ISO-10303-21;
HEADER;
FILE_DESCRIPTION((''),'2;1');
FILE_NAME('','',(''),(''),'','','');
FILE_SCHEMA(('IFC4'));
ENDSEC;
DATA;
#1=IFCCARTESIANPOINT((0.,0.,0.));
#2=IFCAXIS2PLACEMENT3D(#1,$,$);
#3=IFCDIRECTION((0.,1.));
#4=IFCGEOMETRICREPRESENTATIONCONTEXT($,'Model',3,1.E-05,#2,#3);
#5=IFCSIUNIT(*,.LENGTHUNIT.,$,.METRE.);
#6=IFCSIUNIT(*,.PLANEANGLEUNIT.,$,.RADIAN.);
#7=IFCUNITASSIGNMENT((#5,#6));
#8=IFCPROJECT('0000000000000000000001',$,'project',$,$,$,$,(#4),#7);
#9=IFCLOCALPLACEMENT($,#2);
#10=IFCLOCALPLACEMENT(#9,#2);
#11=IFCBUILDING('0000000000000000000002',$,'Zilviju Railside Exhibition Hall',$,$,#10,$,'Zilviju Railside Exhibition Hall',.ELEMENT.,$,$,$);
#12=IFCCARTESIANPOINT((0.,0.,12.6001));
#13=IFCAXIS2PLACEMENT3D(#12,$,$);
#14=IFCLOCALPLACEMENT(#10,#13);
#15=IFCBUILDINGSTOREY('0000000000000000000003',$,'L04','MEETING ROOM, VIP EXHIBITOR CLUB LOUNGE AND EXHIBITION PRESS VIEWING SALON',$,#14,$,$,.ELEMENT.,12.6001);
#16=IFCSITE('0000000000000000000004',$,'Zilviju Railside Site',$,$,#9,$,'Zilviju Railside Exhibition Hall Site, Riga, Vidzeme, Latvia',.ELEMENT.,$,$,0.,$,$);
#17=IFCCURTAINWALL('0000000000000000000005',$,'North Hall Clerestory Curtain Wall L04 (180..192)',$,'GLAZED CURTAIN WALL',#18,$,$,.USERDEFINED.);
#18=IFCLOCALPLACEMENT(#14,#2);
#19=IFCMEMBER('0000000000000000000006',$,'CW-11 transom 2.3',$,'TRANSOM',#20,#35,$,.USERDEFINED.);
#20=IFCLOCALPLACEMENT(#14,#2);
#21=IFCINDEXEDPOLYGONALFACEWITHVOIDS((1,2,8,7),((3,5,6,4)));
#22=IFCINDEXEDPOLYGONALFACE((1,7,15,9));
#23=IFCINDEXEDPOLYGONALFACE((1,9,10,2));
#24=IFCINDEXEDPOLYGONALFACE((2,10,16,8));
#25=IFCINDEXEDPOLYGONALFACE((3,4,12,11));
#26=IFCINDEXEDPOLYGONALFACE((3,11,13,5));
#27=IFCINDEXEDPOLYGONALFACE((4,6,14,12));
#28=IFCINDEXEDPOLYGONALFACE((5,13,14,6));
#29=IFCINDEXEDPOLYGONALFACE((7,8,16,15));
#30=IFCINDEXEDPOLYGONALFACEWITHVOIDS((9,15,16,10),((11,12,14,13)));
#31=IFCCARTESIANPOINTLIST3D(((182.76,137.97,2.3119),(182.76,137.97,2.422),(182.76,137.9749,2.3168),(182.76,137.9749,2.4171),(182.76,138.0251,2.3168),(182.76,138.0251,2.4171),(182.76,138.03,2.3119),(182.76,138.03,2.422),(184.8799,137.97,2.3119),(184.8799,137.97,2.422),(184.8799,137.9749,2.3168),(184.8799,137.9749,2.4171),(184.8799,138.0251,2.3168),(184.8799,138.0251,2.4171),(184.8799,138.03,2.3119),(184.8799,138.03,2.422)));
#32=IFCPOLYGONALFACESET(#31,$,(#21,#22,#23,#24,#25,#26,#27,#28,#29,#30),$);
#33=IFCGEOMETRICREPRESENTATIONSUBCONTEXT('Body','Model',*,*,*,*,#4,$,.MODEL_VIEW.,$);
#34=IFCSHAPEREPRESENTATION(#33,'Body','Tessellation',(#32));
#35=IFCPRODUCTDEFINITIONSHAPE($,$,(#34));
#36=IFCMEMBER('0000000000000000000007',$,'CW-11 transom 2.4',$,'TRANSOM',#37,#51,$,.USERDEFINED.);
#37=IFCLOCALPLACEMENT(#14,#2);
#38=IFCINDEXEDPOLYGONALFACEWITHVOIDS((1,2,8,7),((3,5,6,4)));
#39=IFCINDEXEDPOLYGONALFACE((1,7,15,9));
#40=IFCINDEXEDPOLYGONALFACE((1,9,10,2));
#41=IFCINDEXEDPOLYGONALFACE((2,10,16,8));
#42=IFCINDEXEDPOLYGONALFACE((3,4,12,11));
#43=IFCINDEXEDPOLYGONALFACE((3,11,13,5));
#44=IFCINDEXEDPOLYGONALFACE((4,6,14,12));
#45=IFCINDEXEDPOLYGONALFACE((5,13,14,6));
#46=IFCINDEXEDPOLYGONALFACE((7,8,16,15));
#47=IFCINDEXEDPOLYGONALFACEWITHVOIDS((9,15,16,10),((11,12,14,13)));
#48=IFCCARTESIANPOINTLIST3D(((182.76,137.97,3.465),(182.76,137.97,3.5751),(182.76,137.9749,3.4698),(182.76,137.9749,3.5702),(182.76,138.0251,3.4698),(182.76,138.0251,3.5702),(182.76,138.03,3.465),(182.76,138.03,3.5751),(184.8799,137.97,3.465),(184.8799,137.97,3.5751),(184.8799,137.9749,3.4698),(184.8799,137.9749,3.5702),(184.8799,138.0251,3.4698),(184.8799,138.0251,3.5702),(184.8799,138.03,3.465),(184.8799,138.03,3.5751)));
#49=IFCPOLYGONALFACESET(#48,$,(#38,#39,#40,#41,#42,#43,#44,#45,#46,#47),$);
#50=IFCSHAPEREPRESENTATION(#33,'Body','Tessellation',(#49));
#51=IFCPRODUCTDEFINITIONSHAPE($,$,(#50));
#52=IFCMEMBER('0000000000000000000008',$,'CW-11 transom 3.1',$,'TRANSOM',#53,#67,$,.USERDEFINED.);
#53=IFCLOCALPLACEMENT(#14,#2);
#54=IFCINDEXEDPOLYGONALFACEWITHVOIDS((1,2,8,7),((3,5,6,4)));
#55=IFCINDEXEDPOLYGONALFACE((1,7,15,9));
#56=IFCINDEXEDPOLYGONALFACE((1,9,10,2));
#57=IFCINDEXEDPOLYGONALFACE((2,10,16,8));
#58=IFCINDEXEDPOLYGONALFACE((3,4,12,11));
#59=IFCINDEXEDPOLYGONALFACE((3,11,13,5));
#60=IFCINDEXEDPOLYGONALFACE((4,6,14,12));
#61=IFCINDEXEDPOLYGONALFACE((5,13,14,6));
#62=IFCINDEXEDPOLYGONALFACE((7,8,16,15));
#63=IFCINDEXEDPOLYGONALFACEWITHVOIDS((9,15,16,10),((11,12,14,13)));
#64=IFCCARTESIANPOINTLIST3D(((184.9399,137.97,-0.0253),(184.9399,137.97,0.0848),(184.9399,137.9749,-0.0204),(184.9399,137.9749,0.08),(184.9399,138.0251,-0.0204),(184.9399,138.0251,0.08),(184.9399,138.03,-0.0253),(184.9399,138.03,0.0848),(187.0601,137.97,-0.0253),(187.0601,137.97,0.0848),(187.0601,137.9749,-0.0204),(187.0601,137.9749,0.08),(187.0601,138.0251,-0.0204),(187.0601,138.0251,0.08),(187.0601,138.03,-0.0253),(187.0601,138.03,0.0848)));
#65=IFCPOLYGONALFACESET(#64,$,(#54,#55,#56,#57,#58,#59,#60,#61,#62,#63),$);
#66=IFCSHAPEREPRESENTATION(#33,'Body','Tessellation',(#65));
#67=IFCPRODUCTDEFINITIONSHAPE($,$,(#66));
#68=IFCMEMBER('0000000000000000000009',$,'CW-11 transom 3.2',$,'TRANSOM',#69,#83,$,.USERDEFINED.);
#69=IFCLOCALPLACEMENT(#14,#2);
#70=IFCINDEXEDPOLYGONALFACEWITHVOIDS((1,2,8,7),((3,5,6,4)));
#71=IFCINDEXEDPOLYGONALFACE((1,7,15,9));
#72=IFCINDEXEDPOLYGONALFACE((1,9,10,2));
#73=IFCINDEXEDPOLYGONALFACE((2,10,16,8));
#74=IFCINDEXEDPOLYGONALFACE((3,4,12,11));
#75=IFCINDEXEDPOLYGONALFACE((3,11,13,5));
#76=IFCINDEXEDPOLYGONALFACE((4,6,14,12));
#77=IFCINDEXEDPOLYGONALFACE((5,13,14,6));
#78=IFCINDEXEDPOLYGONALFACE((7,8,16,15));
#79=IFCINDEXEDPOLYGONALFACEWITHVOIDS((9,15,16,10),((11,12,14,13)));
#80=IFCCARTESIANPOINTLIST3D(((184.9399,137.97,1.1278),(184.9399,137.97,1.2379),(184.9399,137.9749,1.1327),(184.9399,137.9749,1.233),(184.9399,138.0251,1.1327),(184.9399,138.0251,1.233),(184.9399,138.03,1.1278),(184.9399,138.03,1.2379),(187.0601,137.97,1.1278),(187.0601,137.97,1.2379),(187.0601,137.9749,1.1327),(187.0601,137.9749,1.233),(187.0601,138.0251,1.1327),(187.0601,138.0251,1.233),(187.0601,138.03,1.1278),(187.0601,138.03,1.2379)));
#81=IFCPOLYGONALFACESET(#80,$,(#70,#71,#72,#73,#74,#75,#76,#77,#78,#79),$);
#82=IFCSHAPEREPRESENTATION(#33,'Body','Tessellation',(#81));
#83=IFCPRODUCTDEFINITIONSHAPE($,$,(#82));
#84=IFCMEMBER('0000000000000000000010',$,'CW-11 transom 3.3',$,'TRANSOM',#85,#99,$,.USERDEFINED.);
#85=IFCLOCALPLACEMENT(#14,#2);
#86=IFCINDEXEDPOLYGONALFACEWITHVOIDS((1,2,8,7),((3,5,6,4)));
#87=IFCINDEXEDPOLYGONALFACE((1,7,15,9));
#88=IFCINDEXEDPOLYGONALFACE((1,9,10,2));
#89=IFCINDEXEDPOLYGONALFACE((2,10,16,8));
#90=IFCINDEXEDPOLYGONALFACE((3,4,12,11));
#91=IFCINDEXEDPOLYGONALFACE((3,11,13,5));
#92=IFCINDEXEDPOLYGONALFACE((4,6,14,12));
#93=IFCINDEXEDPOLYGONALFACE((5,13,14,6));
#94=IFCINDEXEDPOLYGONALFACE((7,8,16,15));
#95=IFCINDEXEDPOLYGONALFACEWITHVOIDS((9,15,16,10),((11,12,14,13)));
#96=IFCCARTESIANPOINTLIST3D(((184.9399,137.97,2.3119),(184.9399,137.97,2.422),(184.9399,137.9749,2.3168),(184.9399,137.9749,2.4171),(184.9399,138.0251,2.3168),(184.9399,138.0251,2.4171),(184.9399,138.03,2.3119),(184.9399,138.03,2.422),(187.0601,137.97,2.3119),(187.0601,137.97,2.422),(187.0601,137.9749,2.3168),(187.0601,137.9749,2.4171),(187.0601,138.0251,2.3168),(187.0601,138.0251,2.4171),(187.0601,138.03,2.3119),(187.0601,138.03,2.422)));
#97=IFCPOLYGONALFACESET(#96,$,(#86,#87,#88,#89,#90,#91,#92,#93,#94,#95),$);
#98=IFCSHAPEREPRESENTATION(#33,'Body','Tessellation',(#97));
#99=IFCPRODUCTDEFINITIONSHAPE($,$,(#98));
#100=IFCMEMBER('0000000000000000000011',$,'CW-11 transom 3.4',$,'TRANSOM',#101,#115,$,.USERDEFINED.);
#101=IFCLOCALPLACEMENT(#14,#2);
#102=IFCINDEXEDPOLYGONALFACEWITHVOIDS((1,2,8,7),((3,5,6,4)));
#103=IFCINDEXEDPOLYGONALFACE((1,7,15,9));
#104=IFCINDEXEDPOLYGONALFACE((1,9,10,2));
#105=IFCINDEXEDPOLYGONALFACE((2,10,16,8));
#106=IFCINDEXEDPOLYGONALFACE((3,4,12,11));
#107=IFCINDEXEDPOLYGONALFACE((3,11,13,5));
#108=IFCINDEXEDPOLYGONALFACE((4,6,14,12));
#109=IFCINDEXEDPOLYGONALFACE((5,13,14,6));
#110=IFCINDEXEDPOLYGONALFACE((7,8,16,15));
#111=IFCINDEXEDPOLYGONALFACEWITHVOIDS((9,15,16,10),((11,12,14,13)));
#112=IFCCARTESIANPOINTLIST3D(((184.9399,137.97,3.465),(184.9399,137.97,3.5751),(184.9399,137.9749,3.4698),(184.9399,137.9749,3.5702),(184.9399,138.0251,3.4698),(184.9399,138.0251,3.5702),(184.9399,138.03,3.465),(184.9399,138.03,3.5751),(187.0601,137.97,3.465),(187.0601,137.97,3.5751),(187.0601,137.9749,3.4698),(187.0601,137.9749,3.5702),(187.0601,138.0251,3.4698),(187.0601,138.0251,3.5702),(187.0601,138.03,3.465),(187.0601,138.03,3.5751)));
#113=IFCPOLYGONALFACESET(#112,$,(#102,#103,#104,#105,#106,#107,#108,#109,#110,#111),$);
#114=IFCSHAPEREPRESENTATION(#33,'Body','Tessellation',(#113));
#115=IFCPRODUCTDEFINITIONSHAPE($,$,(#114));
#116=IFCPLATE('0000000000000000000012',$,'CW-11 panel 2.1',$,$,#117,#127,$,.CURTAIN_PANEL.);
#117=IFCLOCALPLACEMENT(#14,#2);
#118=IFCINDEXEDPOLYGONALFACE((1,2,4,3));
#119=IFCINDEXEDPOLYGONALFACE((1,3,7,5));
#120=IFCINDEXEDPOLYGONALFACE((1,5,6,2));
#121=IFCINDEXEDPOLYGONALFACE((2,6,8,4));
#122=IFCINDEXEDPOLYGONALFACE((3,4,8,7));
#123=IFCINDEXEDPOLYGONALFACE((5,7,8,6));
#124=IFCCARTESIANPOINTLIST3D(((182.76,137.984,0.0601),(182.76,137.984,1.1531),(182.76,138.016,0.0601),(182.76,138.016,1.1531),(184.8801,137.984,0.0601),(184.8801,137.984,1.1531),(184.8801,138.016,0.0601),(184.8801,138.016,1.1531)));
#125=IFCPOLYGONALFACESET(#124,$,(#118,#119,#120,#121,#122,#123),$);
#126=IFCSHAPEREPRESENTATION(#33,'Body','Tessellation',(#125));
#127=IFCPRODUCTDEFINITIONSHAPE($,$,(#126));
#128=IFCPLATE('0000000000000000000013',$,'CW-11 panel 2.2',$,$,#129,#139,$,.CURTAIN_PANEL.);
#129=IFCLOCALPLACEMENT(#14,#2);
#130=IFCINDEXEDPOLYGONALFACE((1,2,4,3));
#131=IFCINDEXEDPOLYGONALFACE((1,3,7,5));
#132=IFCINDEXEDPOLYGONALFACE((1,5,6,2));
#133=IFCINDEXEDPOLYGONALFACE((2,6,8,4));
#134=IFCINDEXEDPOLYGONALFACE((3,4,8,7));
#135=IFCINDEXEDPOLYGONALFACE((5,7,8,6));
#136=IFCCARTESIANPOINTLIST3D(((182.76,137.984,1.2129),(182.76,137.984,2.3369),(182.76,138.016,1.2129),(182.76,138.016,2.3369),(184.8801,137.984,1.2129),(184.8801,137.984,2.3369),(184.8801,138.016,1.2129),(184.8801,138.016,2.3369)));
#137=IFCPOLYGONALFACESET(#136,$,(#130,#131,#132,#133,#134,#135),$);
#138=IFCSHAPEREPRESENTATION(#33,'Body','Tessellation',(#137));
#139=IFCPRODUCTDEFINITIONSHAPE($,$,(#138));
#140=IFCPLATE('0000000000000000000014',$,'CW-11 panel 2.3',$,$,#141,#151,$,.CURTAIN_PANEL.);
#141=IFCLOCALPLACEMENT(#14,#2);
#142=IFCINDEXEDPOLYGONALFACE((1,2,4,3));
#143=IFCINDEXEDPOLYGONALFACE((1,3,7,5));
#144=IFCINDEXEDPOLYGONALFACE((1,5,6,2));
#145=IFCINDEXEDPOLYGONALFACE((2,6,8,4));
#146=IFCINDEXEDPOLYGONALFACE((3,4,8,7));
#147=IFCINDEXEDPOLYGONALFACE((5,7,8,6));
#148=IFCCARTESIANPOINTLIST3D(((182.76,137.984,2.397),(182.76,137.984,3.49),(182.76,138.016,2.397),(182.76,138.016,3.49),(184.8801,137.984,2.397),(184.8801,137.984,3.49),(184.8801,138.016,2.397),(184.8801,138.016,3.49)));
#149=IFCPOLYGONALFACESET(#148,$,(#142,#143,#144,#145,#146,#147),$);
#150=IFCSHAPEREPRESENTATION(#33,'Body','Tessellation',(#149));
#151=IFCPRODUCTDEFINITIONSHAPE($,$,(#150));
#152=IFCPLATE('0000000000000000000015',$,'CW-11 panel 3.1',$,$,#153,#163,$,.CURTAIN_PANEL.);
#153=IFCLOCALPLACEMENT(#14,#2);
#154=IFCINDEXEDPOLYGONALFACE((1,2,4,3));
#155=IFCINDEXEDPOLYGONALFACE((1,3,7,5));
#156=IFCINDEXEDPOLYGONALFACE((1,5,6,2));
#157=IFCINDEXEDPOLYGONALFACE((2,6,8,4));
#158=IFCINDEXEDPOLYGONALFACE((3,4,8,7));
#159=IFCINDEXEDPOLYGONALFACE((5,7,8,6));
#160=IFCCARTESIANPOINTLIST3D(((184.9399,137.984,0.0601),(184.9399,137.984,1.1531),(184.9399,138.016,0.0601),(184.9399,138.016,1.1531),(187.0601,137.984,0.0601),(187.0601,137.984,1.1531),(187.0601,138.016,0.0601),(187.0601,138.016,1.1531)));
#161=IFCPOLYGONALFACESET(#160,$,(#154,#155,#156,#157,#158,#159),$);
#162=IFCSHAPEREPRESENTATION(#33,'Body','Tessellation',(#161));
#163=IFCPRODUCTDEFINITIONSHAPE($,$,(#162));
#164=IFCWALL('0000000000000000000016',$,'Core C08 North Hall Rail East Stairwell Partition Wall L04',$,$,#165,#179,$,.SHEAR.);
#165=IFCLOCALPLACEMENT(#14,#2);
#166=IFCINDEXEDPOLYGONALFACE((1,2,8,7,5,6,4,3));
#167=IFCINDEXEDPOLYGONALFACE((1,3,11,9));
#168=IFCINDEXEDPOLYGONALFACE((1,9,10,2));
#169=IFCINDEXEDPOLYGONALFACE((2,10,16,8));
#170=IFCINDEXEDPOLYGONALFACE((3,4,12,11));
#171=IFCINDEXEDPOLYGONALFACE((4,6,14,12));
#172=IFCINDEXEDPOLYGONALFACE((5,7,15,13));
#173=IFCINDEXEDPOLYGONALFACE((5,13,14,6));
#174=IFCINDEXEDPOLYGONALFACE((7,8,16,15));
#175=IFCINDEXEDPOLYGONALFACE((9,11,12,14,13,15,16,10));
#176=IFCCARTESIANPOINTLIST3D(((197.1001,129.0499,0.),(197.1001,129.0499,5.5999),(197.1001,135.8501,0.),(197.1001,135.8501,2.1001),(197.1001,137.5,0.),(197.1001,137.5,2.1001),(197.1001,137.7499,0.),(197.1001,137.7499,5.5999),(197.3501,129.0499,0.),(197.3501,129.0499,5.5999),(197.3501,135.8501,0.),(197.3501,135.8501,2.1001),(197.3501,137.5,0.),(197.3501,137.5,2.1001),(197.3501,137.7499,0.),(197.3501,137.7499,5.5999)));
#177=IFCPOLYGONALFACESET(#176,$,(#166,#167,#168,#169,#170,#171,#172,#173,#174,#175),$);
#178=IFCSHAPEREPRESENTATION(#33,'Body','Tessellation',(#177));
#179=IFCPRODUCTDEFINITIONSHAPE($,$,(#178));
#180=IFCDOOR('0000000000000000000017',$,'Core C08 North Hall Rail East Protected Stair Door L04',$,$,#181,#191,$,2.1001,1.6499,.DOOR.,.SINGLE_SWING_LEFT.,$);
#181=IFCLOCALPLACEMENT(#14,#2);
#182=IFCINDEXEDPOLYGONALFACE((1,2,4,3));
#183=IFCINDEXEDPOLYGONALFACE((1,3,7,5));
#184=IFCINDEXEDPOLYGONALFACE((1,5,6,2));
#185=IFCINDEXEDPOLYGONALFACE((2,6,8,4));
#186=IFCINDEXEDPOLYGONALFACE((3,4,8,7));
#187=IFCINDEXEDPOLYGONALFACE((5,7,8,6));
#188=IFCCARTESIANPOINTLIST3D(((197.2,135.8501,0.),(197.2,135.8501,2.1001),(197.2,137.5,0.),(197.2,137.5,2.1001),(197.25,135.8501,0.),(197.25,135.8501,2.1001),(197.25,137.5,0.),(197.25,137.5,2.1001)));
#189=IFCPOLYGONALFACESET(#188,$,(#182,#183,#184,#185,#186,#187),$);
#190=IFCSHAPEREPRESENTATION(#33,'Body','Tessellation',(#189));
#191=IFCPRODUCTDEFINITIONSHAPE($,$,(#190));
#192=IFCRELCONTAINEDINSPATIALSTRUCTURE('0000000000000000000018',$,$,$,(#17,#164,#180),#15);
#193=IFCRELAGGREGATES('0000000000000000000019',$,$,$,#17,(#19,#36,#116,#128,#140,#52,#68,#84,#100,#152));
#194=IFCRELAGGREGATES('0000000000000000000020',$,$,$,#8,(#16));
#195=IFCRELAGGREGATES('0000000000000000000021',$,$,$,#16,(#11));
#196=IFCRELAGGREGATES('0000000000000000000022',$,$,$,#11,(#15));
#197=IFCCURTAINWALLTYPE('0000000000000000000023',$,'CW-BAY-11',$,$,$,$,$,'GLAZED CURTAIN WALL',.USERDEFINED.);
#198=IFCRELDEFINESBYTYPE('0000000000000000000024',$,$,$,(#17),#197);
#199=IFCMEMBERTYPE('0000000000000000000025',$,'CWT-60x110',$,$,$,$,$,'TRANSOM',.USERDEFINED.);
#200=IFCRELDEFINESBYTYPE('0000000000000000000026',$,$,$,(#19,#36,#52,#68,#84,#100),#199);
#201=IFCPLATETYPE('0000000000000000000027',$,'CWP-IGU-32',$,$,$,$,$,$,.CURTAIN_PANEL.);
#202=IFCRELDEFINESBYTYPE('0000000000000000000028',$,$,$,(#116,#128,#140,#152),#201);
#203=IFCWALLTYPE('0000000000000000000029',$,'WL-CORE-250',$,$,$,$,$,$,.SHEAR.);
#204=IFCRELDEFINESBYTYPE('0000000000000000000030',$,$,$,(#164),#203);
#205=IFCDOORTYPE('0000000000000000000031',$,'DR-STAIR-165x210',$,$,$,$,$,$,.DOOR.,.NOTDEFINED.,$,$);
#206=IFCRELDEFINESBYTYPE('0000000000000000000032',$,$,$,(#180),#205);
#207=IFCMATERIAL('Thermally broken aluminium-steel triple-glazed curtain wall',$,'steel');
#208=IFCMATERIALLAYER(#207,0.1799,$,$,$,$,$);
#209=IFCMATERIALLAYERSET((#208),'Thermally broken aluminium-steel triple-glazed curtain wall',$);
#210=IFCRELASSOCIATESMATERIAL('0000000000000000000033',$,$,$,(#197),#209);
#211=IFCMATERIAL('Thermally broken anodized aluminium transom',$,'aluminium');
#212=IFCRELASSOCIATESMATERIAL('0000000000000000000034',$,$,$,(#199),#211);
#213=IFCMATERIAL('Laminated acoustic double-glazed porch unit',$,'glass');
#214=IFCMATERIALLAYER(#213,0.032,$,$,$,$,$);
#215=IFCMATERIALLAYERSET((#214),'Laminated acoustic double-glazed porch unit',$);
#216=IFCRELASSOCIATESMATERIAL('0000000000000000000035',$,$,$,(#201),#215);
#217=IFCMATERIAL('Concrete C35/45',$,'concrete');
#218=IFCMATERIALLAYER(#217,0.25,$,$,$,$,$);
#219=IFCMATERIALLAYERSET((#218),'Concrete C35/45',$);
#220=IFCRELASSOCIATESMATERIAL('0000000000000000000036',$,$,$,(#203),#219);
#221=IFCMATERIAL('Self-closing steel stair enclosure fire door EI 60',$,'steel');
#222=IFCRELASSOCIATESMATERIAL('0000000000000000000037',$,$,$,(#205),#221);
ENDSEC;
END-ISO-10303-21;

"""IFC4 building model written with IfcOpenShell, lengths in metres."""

from ifc_helpers import new_model, si_unit, direction, frame, frame_2d, origin, origin_2d, place, context, subcontext, project, spatial, rectangle, hollow_rectangle, extrude, material, layer, layer_set, material_profile, profile_set, type_object, element, fill, aggregate, save


model = new_model("IFC4")

# Units and contexts
model_context = context("Model", 3, precision=1e-05, world=origin(), true_north=direction((0.0, 1.0)))
body_context = subcontext(model_context, "Body", "Model", "MODEL_VIEW")
ifc_project = project(units=[si_unit("LENGTHUNIT", "METRE"), si_unit("PLANEANGLEUNIT", "RADIAN")], contexts=[model_context])

# Site, building, storey
site_placement = place(None, origin())
site = spatial("IfcSite", under=ifc_project, at=site_placement, Name="Zilviju Railside Site", LongName="Zilviju Railside Exhibition Hall Site, Riga, Vidzeme, Latvia", CompositionType="ELEMENT", RefElevation=0.0)
building_placement = place(site_placement, origin())
building = spatial("IfcBuilding", under=site, at=building_placement, Name="Zilviju Railside Exhibition Hall", LongName="Zilviju Railside Exhibition Hall", CompositionType="ELEMENT")
storey_placement = place(building_placement, frame((0.0, 0.0, 12.6001)))
storey = spatial("IfcBuildingStorey", under=building, at=storey_placement, Name="L04", Description="MEETING ROOM, VIP EXHIBITOR CLUB LOUNGE AND EXHIBITION PRESS VIEWING SALON", CompositionType="ELEMENT", Elevation=12.6001)

# Curtain wall, members, plates
ifc_material_1 = material(Name="Thermally broken aluminium-steel triple-glazed curtain wall", Category="steel")
ifc_layer_1 = layer(ifc_material_1, 0.1799)
ifc_layer_set_1 = layer_set([ifc_layer_1], Name="Thermally broken aluminium-steel triple-glazed curtain wall")
curtain_wall_type = type_object("IfcCurtainWallType", Name="CW-BAY-11", ElementType="GLAZED CURTAIN WALL", PredefinedType="USERDEFINED", material=ifc_layer_set_1)
curtain_wall_placement = place(storey_placement, origin())
curtain_wall = element("IfcCurtainWall", 1, at=curtain_wall_placement, inside=storey, type_object=curtain_wall_type, Name="North Hall Clerestory Curtain Wall L04 (180..192)", ObjectType="GLAZED CURTAIN WALL", PredefinedType="USERDEFINED")
ifc_material_2 = material(Name="Thermally broken anodized aluminium transom", Category="aluminium")
ifc_material_profile_1 = material_profile(ifc_material_2, hollow_rectangle(XDim=0.0601, YDim=0.1101, WallThickness=0.0049, at=origin_2d()), Name="TRANSOM 110x60x5")
ifc_profile_set_1 = profile_set([ifc_material_profile_1], Name="Thermally broken anodized aluminium transom")
member_type_1 = type_object("IfcMemberType", Name="CWT-60x110", ElementType="TRANSOM", PredefinedType="USERDEFINED", material=ifc_profile_set_1)
member_1_placement = place(storey_placement, frame((182.76, 138.0, 2.3669), z_axis=(1.0, 0.0, 0.0), x_axis=(0.0, 1.0, 0.0)))
member_1 = element("IfcMember", 2, at=member_1_placement, type_object=member_type_1, Name="CW-11 transom 2.3", ObjectType="TRANSOM", PredefinedType="USERDEFINED", context=body_context, shape_type="SweptSolid", body=[
    extrude(hollow_rectangle(XDim=0.0601, YDim=0.1101, WallThickness=0.0049, at=origin_2d()), origin(), (0.0, 0.0, 1.0), 2.1199),
])
member_2_placement = place(storey_placement, frame((182.76, 138.0, 3.52), z_axis=(1.0, 0.0, 0.0), x_axis=(0.0, 1.0, 0.0)))
member_2 = element("IfcMember", 3, at=member_2_placement, type_object=member_type_1, Name="CW-11 transom 2.4", ObjectType="TRANSOM", PredefinedType="USERDEFINED", context=body_context, shape_type="SweptSolid", body=[
    extrude(hollow_rectangle(XDim=0.0601, YDim=0.1101, WallThickness=0.0049, at=origin_2d()), origin(), (0.0, 0.0, 1.0), 2.1199),
])
member_3_placement = place(storey_placement, frame((184.9399, 138.0, 0.0298), z_axis=(1.0, 0.0, 0.0), x_axis=(0.0, 1.0, 0.0)))
member_3 = element("IfcMember", 4, at=member_3_placement, type_object=member_type_1, Name="CW-11 transom 3.1", ObjectType="TRANSOM", PredefinedType="USERDEFINED", context=body_context, shape_type="SweptSolid", body=[
    extrude(hollow_rectangle(XDim=0.0601, YDim=0.1101, WallThickness=0.0049, at=origin_2d()), origin(), (0.0, 0.0, 1.0), 2.1201),
])
member_4_placement = place(storey_placement, frame((184.9399, 138.0, 1.1829), z_axis=(1.0, 0.0, 0.0), x_axis=(0.0, 1.0, 0.0)))
member_4 = element("IfcMember", 5, at=member_4_placement, type_object=member_type_1, Name="CW-11 transom 3.2", ObjectType="TRANSOM", PredefinedType="USERDEFINED", context=body_context, shape_type="SweptSolid", body=[
    extrude(hollow_rectangle(XDim=0.0601, YDim=0.1101, WallThickness=0.0049, at=origin_2d()), origin(), (0.0, 0.0, 1.0), 2.1201),
])
member_5_placement = place(storey_placement, frame((184.9399, 138.0, 2.3669), z_axis=(1.0, 0.0, 0.0), x_axis=(0.0, 1.0, 0.0)))
member_5 = element("IfcMember", 6, at=member_5_placement, type_object=member_type_1, Name="CW-11 transom 3.3", ObjectType="TRANSOM", PredefinedType="USERDEFINED", context=body_context, shape_type="SweptSolid", body=[
    extrude(hollow_rectangle(XDim=0.0601, YDim=0.1101, WallThickness=0.0049, at=origin_2d()), origin(), (0.0, 0.0, 1.0), 2.1201),
])
member_6_placement = place(storey_placement, frame((184.9399, 138.0, 3.52), z_axis=(1.0, 0.0, 0.0), x_axis=(0.0, 1.0, 0.0)))
member_6 = element("IfcMember", 7, at=member_6_placement, type_object=member_type_1, Name="CW-11 transom 3.4", ObjectType="TRANSOM", PredefinedType="USERDEFINED", context=body_context, shape_type="SweptSolid", body=[
    extrude(hollow_rectangle(XDim=0.0601, YDim=0.1101, WallThickness=0.0049, at=origin_2d()), origin(), (0.0, 0.0, 1.0), 2.1201),
])
ifc_material_3 = material(Name="Laminated acoustic double-glazed porch unit", Category="glass")
ifc_layer_2 = layer(ifc_material_3, 0.032)
ifc_layer_set_2 = layer_set([ifc_layer_2], Name="Laminated acoustic double-glazed porch unit")
plate_type = type_object("IfcPlateType", Name="CWP-IGU-32", PredefinedType="CURTAIN_PANEL", material=ifc_layer_set_2)
plate_1_placement = place(storey_placement, frame((183.8201, 138.0, 0.0601), z_axis=(0.0, 0.0, 1.0), x_axis=(1.0, 0.0, 0.0)))
plate_1 = element("IfcPlate", 8, at=plate_1_placement, type_object=plate_type, Name="CW-11 panel 2.1", PredefinedType="CURTAIN_PANEL", context=body_context, shape_type="SweptSolid", body=[
    extrude(rectangle(XDim=2.1201, YDim=0.032, at=origin_2d()), origin(), (0.0, 0.0, 1.0), 1.093),
])
plate_2_placement = place(storey_placement, frame((183.8201, 138.0, 1.2129), z_axis=(0.0, 0.0, 1.0), x_axis=(1.0, 0.0, 0.0)))
plate_2 = element("IfcPlate", 9, at=plate_2_placement, type_object=plate_type, Name="CW-11 panel 2.2", PredefinedType="CURTAIN_PANEL", context=body_context, shape_type="SweptSolid", body=[
    extrude(rectangle(XDim=2.1201, YDim=0.032, at=origin_2d()), origin(), (0.0, 0.0, 1.0), 1.124),
])
plate_3_placement = place(storey_placement, frame((183.8201, 138.0, 2.397), z_axis=(0.0, 0.0, 1.0), x_axis=(1.0, 0.0, 0.0)))
plate_3 = element("IfcPlate", 10, at=plate_3_placement, type_object=plate_type, Name="CW-11 panel 2.3", PredefinedType="CURTAIN_PANEL", context=body_context, shape_type="SweptSolid", body=[
    extrude(rectangle(XDim=2.1201, YDim=0.032, at=origin_2d()), origin(), (0.0, 0.0, 1.0), 1.093),
])
plate_4_placement = place(storey_placement, frame((186.0, 138.0, 0.0601), z_axis=(0.0, 0.0, 1.0), x_axis=(1.0, 0.0, 0.0)))
plate_4 = element("IfcPlate", 11, at=plate_4_placement, type_object=plate_type, Name="CW-11 panel 3.1", PredefinedType="CURTAIN_PANEL", context=body_context, shape_type="SweptSolid", body=[
    extrude(rectangle(XDim=2.1201, YDim=0.032, at=origin_2d()), origin(), (0.0, 0.0, 1.0), 1.093),
])
aggregate(curtain_wall, [member_1, member_2, plate_1, plate_2, plate_3, member_3, member_4, member_5, member_6, plate_4])

# Wall, opening, door
ifc_material_4 = material(Name="Concrete C35/45", Category="concrete")
ifc_layer_3 = layer(ifc_material_4, 0.25)
ifc_layer_set_3 = layer_set([ifc_layer_3], Name="Concrete C35/45")
wall_type_1 = type_object("IfcWallType", Name="WL-CORE-250", PredefinedType="SHEAR", material=ifc_layer_set_3)
wall_1_placement = place(storey_placement, frame((197.2251, 137.75, 0.0), z_axis=(0.0, 0.0, 1.0), x_axis=(0.0, -1.0, 0.0)))
wall_1 = element("IfcWall", 12, at=wall_1_placement, inside=storey, type_object=wall_type_1, Name="Core C08 North Hall Rail East Stairwell Partition Wall L04", PredefinedType="SHEAR", context=body_context, shape_type="SweptSolid", body=[
    extrude(rectangle(XDim=8.7, YDim=0.25, at=frame_2d((4.3501, 0.0))), origin(), (0.0, 0.0, 1.0), 5.5999),
])
opening_1_placement = place(wall_1_placement, frame((0.25, 0.0, 0.0)))
opening_1 = element("IfcOpeningElement", 13, at=opening_1_placement, cuts=wall_1, PredefinedType="OPENING", context=body_context, shape_type="SweptSolid", body=[
    extrude(rectangle(XDim=1.6499, YDim=2.1001, at=frame_2d((0.825, 1.05))), frame((0.0, 0.135, 0.0), z_axis=(0.0, -1.0, 0.0), x_axis=(1.0, 0.0, 0.0)), (0.0, 0.0, 1.0), 0.27),
])
ifc_material_5 = material(Name="Self-closing steel stair enclosure fire door EI 60", Category="steel")
door_type_1 = type_object("IfcDoorType", Name="DR-STAIR-165x210", OperationType="NOTDEFINED", PredefinedType="DOOR", material=ifc_material_5)
door_1_placement = place(opening_1_placement, origin())
door_1 = element("IfcDoor", 14, at=door_1_placement, inside=storey, type_object=door_type_1, Name="Core C08 North Hall Rail East Protected Stair Door L04", OperationType="SINGLE_SWING_LEFT", OverallHeight=2.1001, OverallWidth=1.6499, PredefinedType="DOOR", context=body_context, shape_type="SweptSolid", body=[
    extrude(rectangle(XDim=1.6499, YDim=2.1001, at=frame_2d((0.825, 1.05))), frame((0.0, 0.0249, 0.0), z_axis=(0.0, -1.0, 0.0), x_axis=(1.0, 0.0, 0.0)), (0.0, 0.0, 1.0), 0.05),
])
fill(opening_1, door_1)

save(model, "model.ifc")
